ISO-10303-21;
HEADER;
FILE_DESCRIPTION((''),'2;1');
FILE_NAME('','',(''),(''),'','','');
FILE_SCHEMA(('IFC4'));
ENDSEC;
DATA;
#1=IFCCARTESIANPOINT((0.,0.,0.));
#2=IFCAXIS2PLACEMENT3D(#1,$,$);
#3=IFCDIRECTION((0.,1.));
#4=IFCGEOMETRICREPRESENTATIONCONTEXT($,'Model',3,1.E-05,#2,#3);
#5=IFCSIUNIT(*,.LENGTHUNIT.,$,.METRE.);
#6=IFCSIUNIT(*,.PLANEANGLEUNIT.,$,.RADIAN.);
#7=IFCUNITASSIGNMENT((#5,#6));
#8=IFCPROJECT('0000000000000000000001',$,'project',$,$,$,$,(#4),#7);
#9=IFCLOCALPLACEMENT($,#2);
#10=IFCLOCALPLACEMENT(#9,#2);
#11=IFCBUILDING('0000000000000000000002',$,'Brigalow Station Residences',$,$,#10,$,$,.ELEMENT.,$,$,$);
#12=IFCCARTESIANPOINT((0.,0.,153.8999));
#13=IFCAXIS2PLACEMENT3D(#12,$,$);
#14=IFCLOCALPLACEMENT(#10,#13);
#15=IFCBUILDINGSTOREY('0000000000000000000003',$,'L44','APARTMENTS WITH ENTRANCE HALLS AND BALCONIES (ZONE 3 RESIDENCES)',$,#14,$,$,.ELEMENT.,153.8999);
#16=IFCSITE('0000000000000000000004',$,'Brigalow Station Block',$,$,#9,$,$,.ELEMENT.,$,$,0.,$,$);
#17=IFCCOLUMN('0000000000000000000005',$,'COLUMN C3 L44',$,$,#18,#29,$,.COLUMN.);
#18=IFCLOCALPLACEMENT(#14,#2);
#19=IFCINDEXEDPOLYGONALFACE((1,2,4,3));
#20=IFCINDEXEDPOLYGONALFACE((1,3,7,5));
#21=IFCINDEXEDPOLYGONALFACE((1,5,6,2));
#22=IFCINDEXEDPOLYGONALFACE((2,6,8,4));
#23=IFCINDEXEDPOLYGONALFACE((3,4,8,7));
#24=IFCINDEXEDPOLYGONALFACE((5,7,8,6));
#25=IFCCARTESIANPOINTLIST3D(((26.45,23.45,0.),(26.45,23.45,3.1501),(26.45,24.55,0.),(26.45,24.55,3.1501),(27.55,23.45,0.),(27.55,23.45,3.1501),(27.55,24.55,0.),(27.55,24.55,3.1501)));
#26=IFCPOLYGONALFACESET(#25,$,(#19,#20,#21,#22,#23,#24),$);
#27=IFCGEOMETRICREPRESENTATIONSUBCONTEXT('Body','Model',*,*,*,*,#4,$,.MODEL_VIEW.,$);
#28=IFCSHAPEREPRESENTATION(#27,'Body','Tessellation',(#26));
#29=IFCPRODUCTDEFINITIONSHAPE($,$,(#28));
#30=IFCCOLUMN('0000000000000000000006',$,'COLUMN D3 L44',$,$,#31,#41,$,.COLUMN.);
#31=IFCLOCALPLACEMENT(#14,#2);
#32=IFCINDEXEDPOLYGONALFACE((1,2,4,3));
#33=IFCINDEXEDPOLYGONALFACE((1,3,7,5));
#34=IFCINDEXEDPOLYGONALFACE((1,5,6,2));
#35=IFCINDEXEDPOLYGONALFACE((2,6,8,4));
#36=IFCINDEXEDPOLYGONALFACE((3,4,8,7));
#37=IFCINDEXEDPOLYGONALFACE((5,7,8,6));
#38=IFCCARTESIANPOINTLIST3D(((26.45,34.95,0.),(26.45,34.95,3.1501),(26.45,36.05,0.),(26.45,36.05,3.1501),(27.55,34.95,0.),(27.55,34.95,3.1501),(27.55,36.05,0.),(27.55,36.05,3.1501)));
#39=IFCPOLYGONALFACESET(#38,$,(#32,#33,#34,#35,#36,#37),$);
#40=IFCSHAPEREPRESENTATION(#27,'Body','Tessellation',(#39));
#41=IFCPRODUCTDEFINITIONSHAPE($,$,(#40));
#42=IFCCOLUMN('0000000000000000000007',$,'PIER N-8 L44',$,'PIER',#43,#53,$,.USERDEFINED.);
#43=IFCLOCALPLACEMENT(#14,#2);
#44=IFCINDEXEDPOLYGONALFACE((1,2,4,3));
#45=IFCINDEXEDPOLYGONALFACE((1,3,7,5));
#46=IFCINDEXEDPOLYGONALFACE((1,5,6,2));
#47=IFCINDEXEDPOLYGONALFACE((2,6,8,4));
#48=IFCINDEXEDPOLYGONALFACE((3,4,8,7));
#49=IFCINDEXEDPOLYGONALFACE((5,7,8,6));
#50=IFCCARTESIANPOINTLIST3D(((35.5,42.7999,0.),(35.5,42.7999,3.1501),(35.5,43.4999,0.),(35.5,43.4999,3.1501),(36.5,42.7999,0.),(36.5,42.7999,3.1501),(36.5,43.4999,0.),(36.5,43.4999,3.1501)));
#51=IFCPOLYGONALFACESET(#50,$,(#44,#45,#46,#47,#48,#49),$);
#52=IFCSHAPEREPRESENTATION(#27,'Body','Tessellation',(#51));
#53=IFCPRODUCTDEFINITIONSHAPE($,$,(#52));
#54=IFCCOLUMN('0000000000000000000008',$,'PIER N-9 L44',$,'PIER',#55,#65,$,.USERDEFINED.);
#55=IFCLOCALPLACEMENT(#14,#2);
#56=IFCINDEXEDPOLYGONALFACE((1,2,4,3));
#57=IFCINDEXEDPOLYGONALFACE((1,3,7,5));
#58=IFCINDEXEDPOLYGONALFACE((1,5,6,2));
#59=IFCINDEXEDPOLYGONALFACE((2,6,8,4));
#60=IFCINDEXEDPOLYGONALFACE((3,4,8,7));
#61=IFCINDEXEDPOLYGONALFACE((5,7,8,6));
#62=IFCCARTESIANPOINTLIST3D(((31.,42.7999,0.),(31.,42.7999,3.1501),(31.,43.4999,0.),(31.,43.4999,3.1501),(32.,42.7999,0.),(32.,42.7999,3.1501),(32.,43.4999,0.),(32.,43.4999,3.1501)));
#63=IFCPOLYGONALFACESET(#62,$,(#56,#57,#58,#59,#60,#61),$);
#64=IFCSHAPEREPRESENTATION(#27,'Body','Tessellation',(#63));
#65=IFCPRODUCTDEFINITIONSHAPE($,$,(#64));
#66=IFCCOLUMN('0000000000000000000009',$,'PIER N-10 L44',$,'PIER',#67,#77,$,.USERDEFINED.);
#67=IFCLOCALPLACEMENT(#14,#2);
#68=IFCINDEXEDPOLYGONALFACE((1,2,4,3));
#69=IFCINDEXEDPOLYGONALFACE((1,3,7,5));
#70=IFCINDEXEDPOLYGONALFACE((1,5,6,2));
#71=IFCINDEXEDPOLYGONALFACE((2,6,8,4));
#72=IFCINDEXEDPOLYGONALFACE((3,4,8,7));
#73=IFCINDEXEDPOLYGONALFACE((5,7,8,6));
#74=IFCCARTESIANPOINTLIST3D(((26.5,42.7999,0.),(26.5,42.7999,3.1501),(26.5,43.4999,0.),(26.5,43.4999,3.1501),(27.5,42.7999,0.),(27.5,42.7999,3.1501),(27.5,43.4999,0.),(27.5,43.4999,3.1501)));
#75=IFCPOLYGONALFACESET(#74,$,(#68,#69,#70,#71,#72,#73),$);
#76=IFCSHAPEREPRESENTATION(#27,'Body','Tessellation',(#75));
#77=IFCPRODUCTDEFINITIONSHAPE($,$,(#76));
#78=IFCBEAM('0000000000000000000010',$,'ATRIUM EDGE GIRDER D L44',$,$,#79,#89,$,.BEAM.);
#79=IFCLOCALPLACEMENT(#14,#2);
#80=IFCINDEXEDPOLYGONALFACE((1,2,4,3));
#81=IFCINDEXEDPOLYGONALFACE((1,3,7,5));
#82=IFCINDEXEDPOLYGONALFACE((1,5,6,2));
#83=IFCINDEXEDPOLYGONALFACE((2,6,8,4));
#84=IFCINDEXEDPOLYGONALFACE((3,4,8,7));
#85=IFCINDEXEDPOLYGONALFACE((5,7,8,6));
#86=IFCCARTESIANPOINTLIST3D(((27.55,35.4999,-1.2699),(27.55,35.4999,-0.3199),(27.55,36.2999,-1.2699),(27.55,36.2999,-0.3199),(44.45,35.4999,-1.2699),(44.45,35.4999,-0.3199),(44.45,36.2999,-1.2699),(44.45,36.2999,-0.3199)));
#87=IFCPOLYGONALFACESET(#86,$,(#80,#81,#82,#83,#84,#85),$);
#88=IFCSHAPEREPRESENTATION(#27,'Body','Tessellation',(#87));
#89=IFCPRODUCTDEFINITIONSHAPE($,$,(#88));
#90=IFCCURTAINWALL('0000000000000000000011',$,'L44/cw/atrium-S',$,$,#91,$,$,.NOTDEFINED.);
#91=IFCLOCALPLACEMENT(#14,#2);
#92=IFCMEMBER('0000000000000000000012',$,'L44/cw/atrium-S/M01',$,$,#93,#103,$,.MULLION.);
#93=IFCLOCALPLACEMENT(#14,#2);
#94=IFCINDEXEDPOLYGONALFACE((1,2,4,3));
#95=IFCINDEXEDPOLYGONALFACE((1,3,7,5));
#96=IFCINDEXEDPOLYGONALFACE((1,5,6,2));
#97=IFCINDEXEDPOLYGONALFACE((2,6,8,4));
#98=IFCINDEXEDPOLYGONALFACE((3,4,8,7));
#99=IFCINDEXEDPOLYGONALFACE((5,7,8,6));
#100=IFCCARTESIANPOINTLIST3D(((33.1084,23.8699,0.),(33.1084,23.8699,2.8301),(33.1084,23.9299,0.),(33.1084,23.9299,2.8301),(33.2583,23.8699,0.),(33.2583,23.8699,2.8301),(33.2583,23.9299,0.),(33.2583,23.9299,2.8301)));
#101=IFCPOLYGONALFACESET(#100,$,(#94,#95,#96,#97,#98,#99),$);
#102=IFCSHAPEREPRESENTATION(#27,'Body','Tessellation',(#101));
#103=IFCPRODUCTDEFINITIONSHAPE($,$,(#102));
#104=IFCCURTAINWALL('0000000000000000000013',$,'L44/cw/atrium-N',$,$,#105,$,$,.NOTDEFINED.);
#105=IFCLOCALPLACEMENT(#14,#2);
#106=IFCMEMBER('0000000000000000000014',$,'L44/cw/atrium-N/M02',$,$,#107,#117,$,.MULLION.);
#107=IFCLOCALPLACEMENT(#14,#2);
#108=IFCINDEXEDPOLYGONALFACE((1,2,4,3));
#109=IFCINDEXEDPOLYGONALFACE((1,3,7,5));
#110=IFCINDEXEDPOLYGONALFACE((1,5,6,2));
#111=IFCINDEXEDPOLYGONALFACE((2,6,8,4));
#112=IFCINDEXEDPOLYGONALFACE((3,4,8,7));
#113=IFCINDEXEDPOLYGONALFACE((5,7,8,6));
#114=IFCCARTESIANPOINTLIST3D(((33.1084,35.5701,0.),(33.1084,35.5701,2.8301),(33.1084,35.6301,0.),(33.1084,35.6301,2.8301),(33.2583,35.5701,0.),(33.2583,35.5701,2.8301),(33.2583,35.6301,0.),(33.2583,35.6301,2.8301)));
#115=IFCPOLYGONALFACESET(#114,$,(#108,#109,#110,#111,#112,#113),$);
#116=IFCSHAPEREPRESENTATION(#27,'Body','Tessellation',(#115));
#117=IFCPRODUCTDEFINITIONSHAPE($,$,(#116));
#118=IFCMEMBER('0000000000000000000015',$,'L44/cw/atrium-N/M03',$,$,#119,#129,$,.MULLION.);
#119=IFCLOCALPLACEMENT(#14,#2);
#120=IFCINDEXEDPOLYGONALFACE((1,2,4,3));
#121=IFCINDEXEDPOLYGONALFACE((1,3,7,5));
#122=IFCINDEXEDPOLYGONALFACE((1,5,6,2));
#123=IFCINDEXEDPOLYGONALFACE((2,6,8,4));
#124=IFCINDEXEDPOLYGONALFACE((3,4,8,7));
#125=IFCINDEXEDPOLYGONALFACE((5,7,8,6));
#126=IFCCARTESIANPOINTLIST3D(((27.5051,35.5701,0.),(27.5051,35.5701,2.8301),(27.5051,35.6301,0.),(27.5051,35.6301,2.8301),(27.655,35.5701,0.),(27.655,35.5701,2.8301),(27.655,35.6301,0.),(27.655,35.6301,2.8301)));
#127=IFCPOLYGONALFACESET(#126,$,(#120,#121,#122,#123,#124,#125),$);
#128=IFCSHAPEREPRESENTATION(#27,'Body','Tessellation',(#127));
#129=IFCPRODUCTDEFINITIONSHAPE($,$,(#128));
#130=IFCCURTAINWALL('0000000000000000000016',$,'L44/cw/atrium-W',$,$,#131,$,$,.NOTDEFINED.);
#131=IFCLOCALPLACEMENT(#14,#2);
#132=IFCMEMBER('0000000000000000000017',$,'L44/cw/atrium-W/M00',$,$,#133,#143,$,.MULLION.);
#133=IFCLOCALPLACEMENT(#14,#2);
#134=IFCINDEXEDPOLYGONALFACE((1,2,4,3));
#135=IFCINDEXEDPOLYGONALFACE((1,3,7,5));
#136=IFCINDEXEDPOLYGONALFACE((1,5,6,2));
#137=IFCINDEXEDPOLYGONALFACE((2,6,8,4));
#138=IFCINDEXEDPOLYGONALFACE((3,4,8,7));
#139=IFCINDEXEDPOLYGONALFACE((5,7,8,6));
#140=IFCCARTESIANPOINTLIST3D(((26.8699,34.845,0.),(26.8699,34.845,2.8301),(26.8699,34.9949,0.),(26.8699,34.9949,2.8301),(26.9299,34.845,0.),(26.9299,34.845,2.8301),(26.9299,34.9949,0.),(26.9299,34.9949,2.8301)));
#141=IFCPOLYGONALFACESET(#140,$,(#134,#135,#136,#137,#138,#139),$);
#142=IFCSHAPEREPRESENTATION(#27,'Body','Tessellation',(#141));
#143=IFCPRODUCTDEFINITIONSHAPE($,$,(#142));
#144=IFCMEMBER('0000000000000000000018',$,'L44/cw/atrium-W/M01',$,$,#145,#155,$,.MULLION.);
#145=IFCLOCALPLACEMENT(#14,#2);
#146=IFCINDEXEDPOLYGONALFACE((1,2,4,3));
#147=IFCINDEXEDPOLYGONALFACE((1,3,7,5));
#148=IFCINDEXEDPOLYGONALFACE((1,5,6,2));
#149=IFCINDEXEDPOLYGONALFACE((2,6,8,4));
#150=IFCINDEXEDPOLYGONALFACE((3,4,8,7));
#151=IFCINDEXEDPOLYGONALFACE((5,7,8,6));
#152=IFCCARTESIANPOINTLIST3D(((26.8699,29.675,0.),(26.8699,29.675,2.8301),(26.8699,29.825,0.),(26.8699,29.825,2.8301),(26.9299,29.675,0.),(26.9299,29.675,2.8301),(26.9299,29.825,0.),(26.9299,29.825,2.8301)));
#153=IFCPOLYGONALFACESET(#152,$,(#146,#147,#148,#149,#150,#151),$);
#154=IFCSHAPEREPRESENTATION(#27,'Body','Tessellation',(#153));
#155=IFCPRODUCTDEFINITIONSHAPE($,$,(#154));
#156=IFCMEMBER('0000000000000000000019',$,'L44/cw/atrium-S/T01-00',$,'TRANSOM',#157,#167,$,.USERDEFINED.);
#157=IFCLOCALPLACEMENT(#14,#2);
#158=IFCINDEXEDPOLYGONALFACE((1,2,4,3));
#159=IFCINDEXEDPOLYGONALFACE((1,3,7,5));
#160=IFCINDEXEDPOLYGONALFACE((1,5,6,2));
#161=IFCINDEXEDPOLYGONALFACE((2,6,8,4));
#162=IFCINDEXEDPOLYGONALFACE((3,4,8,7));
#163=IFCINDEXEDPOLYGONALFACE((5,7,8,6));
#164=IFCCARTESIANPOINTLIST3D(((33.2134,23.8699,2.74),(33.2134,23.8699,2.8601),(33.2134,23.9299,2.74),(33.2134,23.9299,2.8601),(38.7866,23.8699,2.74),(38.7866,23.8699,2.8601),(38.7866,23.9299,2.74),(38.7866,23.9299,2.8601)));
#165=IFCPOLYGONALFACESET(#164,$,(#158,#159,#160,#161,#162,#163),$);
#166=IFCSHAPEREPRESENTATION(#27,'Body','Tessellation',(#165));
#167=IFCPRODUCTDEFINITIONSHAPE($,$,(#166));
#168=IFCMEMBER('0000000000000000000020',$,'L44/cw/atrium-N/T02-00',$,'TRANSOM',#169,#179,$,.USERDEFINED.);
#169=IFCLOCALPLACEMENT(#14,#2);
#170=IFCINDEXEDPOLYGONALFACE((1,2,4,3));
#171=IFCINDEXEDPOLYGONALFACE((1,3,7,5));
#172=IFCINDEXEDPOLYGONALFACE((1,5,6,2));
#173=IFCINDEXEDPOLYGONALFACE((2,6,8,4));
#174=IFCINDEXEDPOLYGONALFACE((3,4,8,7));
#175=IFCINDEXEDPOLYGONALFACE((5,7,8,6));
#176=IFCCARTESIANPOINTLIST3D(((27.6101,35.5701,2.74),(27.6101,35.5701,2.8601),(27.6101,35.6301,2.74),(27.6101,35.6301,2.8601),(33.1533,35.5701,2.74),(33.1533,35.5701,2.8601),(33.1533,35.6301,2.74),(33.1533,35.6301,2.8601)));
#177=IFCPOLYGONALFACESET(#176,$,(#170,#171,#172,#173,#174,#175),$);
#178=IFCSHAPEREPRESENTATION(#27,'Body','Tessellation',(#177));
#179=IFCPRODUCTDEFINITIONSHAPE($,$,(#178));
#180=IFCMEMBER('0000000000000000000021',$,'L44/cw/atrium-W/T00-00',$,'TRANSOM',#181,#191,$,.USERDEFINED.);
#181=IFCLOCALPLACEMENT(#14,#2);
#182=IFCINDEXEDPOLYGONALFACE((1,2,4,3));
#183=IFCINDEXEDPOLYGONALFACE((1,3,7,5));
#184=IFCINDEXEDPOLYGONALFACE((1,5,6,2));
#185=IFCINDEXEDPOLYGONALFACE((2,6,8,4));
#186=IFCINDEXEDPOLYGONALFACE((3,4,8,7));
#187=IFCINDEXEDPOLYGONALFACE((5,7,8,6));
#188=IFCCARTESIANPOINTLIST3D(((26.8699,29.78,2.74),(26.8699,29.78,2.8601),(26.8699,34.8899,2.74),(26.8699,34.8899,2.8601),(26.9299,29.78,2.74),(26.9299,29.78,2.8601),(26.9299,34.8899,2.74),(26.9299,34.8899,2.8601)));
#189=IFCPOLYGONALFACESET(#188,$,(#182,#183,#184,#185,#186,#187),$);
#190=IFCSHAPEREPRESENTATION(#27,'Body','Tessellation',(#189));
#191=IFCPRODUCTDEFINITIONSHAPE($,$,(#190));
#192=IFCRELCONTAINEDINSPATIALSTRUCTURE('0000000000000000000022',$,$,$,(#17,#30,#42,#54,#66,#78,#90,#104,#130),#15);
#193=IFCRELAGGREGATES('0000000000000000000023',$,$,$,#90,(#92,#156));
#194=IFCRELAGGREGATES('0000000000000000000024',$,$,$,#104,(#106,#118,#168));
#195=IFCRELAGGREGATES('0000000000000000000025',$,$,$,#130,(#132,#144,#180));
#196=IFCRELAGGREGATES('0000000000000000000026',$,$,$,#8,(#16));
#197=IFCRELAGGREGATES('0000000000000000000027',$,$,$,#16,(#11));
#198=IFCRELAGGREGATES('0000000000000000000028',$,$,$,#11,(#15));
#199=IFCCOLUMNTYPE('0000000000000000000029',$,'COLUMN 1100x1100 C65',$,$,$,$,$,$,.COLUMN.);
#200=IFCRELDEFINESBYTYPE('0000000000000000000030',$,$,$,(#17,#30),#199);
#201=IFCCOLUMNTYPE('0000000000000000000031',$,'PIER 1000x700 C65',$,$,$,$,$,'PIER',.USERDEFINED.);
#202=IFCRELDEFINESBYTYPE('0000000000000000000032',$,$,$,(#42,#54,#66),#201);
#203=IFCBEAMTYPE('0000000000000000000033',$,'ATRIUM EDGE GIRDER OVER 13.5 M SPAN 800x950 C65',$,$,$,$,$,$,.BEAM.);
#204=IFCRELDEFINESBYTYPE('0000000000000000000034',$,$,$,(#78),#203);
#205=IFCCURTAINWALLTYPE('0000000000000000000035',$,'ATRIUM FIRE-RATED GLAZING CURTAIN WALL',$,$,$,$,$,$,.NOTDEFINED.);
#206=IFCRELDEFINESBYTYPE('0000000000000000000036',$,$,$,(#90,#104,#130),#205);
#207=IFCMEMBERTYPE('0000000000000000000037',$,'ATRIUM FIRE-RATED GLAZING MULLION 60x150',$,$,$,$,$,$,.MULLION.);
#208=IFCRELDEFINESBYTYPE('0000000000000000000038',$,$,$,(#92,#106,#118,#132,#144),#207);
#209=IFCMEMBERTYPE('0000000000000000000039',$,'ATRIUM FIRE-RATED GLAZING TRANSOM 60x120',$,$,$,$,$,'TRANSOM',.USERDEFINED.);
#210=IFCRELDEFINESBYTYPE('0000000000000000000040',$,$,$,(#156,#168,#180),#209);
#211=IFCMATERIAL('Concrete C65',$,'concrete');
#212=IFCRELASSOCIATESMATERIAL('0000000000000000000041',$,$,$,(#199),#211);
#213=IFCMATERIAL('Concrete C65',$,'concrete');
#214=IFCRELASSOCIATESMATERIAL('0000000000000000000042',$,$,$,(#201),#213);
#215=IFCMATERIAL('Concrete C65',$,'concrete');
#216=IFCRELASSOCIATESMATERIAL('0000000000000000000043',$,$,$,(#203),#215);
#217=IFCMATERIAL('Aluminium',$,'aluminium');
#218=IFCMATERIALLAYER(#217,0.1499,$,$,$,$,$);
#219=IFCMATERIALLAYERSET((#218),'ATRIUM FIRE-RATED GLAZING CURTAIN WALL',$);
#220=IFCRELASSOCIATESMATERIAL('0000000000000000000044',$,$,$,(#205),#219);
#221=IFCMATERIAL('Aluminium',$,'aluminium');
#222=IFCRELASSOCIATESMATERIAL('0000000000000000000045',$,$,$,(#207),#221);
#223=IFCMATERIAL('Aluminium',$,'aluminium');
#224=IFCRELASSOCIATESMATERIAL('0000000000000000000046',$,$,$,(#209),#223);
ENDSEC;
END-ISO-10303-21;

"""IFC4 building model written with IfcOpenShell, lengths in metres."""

from ifc_helpers import new_model, si_unit, direction, frame, origin, origin_2d, place, context, subcontext, project, spatial, rectangle, extrude, material, layer, layer_set, material_profile, profile_set, type_object, element, aggregate, save


model = new_model("IFC4")

# Units and contexts
model_context = context("Model", 3, precision=1e-05, world=origin(), true_north=direction((0.0, 1.0)))
body_context = subcontext(model_context, "Body", "Model", "MODEL_VIEW")
ifc_project = project(units=[si_unit("LENGTHUNIT", "METRE"), si_unit("PLANEANGLEUNIT", "RADIAN")], contexts=[model_context])

# Site, building, storey
site_placement = place(None, origin())
site = spatial("IfcSite", under=ifc_project, at=site_placement, Name="Brigalow Station Block", CompositionType="ELEMENT", RefElevation=0.0)
building_placement = place(site_placement, origin())
building = spatial("IfcBuilding", under=site, at=building_placement, Name="Brigalow Station Residences", CompositionType="ELEMENT")
storey_placement = place(building_placement, frame((0.0, 0.0, 153.8999)))
storey = spatial("IfcBuildingStorey", under=building, at=storey_placement, Name="L44", Description="APARTMENTS WITH ENTRANCE HALLS AND BALCONIES (ZONE 3 RESIDENCES)", CompositionType="ELEMENT", Elevation=153.8999)

# Columns
ifc_material_1 = material(Name="Concrete C65", Category="concrete")
ifc_material_profile_1 = material_profile(ifc_material_1, rectangle(XDim=1.1001, YDim=1.1001, at=origin_2d()), Name="RC1100x1100")
ifc_profile_set_1 = profile_set([ifc_material_profile_1], Name="Concrete C65")
column_type_1 = type_object("IfcColumnType", Name="COLUMN 1100x1100 C65", PredefinedType="COLUMN", material=ifc_profile_set_1)
for number, where, z_axis, x_axis, name in (
    (1, (27.0, 24.0, 0.0), (0.0, 0.0, 1.0), (1.0, 0.0, 0.0), "COLUMN C3 L44"),
    (2, (27.0, 35.5, 0.0), (0.0, 0.0, 1.0), (1.0, 0.0, 0.0), "COLUMN D3 L44"),
):
    element("IfcColumn", number, at=place(storey_placement, frame(where, z_axis=z_axis, x_axis=x_axis)), inside=storey, type_object=column_type_1, Name=name, PredefinedType="COLUMN", context=body_context, shape_type="SweptSolid", body=[
        extrude(rectangle(XDim=1.1001, YDim=1.1001, at=origin_2d()), origin(), (0.0, 0.0, 1.0), 3.1501),
    ])
ifc_material_2 = material(Name="Concrete C65", Category="concrete")
ifc_material_profile_2 = material_profile(ifc_material_2, rectangle(XDim=1.0, YDim=0.7, at=origin_2d()), Name="RC1000x700")
ifc_profile_set_2 = profile_set([ifc_material_profile_2], Name="Concrete C65")
column_type_2 = type_object("IfcColumnType", Name="PIER 1000x700 C65", ElementType="PIER", PredefinedType="USERDEFINED", material=ifc_profile_set_2)
for number, where, z_axis, x_axis, name in (
    (3, (36.0, 43.1499, 0.0), (0.0, 0.0, 1.0), (-1.0, 0.0, 0.0), "PIER N-8 L44"),
    (4, (31.5, 43.1499, 0.0), (0.0, 0.0, 1.0), (-1.0, 0.0, 0.0), "PIER N-9 L44"),
    (5, (27.0, 43.1499, 0.0), (0.0, 0.0, 1.0), (-1.0, 0.0, 0.0), "PIER N-10 L44"),
):
    element("IfcColumn", number, at=place(storey_placement, frame(where, z_axis=z_axis, x_axis=x_axis)), inside=storey, type_object=column_type_2, Name=name, ObjectType="PIER", PredefinedType="USERDEFINED", context=body_context, shape_type="SweptSolid", body=[
        extrude(rectangle(XDim=1.0, YDim=0.7, at=origin_2d()), origin(), (0.0, 0.0, 1.0), 3.1501),
    ])

# Beam
ifc_material_3 = material(Name="Concrete C65", Category="concrete")
ifc_material_profile_3 = material_profile(ifc_material_3, rectangle(XDim=0.8, YDim=0.95, at=origin_2d()), Name="RC800x950")
ifc_profile_set_3 = profile_set([ifc_material_profile_3], Name="Concrete C65")
beam_type = type_object("IfcBeamType", Name="ATRIUM EDGE GIRDER OVER 13.5 M SPAN 800x950 C65", PredefinedType="BEAM", material=ifc_profile_set_3)
beam_placement = place(storey_placement, frame((27.55, 35.8999, -0.7949), z_axis=(1.0, 0.0, 0.0), x_axis=(0.0, 1.0, 0.0)))
element("IfcBeam", 6, at=beam_placement, inside=storey, type_object=beam_type, Name="ATRIUM EDGE GIRDER D L44", PredefinedType="BEAM", context=body_context, shape_type="SweptSolid", body=[
    extrude(rectangle(XDim=0.8, YDim=0.95, at=origin_2d()), origin(), (0.0, 0.0, 1.0), 16.8999),
])

# Curtain wall, member
ifc_material_4 = material(Name="Aluminium", Category="aluminium")
ifc_layer_1 = layer(ifc_material_4, 0.1499)
ifc_layer_set_1 = layer_set([ifc_layer_1], Name="ATRIUM FIRE-RATED GLAZING CURTAIN WALL")
curtain_wall_type = type_object("IfcCurtainWallType", Name="ATRIUM FIRE-RATED GLAZING CURTAIN WALL", PredefinedType="NOTDEFINED", material=ifc_layer_set_1)
curtain_wall_1_placement = place(storey_placement, origin())
curtain_wall_1 = element("IfcCurtainWall", 7, at=curtain_wall_1_placement, inside=storey, type_object=curtain_wall_type, Name="L44/cw/atrium-S", PredefinedType="NOTDEFINED")
ifc_material_5 = material(Name="Aluminium", Category="aluminium")
ifc_material_profile_4 = material_profile(ifc_material_5, rectangle(XDim=0.0601, YDim=0.1499, at=origin_2d()), Name="ATRIUM FIRE-RATED GLAZING MULLION 60x150")
ifc_profile_set_4 = profile_set([ifc_material_profile_4], Name="Aluminium")
member_type_1 = type_object("IfcMemberType", Name="ATRIUM FIRE-RATED GLAZING MULLION 60x150", PredefinedType="MULLION", material=ifc_profile_set_4)
member_1_placement = place(storey_placement, frame((33.1833, 23.8999, 0.0), z_axis=(0.0, 0.0, 1.0), x_axis=(0.0, 1.0, 0.0)))
member_1 = element("IfcMember", 8, at=member_1_placement, type_object=member_type_1, Name="L44/cw/atrium-S/M01", PredefinedType="MULLION", context=body_context, shape_type="SweptSolid", body=[
    extrude(rectangle(XDim=0.0601, YDim=0.1499, at=origin_2d()), origin(), (0.0, 0.0, 1.0), 2.8301),
])

# Curtain walls, members
curtain_wall_2_placement = place(storey_placement, origin())
curtain_wall_2 = element("IfcCurtainWall", 9, at=curtain_wall_2_placement, inside=storey, type_object=curtain_wall_type, Name="L44/cw/atrium-N", PredefinedType="NOTDEFINED")
member_2_placement = place(storey_placement, frame((33.1833, 35.6001, 0.0), z_axis=(0.0, 0.0, 1.0), x_axis=(0.0, -1.0, 0.0)))
member_2 = element("IfcMember", 10, at=member_2_placement, type_object=member_type_1, Name="L44/cw/atrium-N/M02", PredefinedType="MULLION", context=body_context, shape_type="SweptSolid", body=[
    extrude(rectangle(XDim=0.0601, YDim=0.1499, at=origin_2d()), origin(), (0.0, 0.0, 1.0), 2.8301),
])
member_3_placement = place(storey_placement, frame((27.5801, 35.6001, 0.0), z_axis=(0.0, 0.0, 1.0), x_axis=(0.0, -1.0, 0.0)))
member_3 = element("IfcMember", 11, at=member_3_placement, type_object=member_type_1, Name="L44/cw/atrium-N/M03", PredefinedType="MULLION", context=body_context, shape_type="SweptSolid", body=[
    extrude(rectangle(XDim=0.0601, YDim=0.1499, at=origin_2d()), origin(), (0.0, 0.0, 1.0), 2.8301),
])
curtain_wall_3_placement = place(storey_placement, origin())
curtain_wall_3 = element("IfcCurtainWall", 12, at=curtain_wall_3_placement, inside=storey, type_object=curtain_wall_type, Name="L44/cw/atrium-W", PredefinedType="NOTDEFINED")
member_4_placement = place(storey_placement, frame((26.8999, 34.9199, 0.0), z_axis=(0.0, 0.0, 1.0), x_axis=(1.0, 0.0, 0.0)))
member_4 = element("IfcMember", 13, at=member_4_placement, type_object=member_type_1, Name="L44/cw/atrium-W/M00", PredefinedType="MULLION", context=body_context, shape_type="SweptSolid", body=[
    extrude(rectangle(XDim=0.0601, YDim=0.1499, at=origin_2d()), origin(), (0.0, 0.0, 1.0), 2.8301),
])
member_5_placement = place(storey_placement, frame((26.8999, 29.75, 0.0), z_axis=(0.0, 0.0, 1.0), x_axis=(1.0, 0.0, 0.0)))
member_5 = element("IfcMember", 14, at=member_5_placement, type_object=member_type_1, Name="L44/cw/atrium-W/M01", PredefinedType="MULLION", context=body_context, shape_type="SweptSolid", body=[
    extrude(rectangle(XDim=0.0601, YDim=0.1499, at=origin_2d()), origin(), (0.0, 0.0, 1.0), 2.8301),
])

# Members
ifc_material_6 = material(Name="Aluminium", Category="aluminium")
ifc_material_profile_5 = material_profile(ifc_material_6, rectangle(XDim=0.0601, YDim=0.1201, at=origin_2d()), Name="ATRIUM FIRE-RATED GLAZING TRANSOM 60x120")
ifc_profile_set_5 = profile_set([ifc_material_profile_5], Name="Aluminium")
member_type_2 = type_object("IfcMemberType", Name="ATRIUM FIRE-RATED GLAZING TRANSOM 60x120", ElementType="TRANSOM", PredefinedType="USERDEFINED", material=ifc_profile_set_5)
member_6_placement = place(storey_placement, frame((33.2134, 23.8999, 2.8), z_axis=(1.0, 0.0, 0.0), x_axis=(0.0, 1.0, 0.0)))
member_6 = element("IfcMember", 15, at=member_6_placement, type_object=member_type_2, Name="L44/cw/atrium-S/T01-00", ObjectType="TRANSOM", PredefinedType="USERDEFINED", context=body_context, shape_type="SweptSolid", body=[
    extrude(rectangle(XDim=0.0601, YDim=0.1201, at=origin_2d()), origin(), (0.0, 0.0, 1.0), 5.5732),
])
member_7_placement = place(storey_placement, frame((33.1533, 35.6001, 2.8), z_axis=(-1.0, 0.0, 0.0), x_axis=(0.0, -1.0, 0.0)))
member_7 = element("IfcMember", 16, at=member_7_placement, type_object=member_type_2, Name="L44/cw/atrium-N/T02-00", ObjectType="TRANSOM", PredefinedType="USERDEFINED", context=body_context, shape_type="SweptSolid", body=[
    extrude(rectangle(XDim=0.0601, YDim=0.1201, at=origin_2d()), origin(), (0.0, 0.0, 1.0), 5.5432),
])
member_8_placement = place(storey_placement, frame((26.8999, 34.8899, 2.8), z_axis=(0.0, -1.0, 0.0), x_axis=(1.0, 0.0, 0.0)))
member_8 = element("IfcMember", 17, at=member_8_placement, type_object=member_type_2, Name="L44/cw/atrium-W/T00-00", ObjectType="TRANSOM", PredefinedType="USERDEFINED", context=body_context, shape_type="SweptSolid", body=[
    extrude(rectangle(XDim=0.0601, YDim=0.1201, at=origin_2d()), origin(), (0.0, 0.0, 1.0), 5.1099),
])

aggregate(curtain_wall_1, [member_1, member_6])
aggregate(curtain_wall_2, [member_2, member_3, member_7])
aggregate(curtain_wall_3, [member_4, member_5, member_8])

save(model, "model.ifc")
